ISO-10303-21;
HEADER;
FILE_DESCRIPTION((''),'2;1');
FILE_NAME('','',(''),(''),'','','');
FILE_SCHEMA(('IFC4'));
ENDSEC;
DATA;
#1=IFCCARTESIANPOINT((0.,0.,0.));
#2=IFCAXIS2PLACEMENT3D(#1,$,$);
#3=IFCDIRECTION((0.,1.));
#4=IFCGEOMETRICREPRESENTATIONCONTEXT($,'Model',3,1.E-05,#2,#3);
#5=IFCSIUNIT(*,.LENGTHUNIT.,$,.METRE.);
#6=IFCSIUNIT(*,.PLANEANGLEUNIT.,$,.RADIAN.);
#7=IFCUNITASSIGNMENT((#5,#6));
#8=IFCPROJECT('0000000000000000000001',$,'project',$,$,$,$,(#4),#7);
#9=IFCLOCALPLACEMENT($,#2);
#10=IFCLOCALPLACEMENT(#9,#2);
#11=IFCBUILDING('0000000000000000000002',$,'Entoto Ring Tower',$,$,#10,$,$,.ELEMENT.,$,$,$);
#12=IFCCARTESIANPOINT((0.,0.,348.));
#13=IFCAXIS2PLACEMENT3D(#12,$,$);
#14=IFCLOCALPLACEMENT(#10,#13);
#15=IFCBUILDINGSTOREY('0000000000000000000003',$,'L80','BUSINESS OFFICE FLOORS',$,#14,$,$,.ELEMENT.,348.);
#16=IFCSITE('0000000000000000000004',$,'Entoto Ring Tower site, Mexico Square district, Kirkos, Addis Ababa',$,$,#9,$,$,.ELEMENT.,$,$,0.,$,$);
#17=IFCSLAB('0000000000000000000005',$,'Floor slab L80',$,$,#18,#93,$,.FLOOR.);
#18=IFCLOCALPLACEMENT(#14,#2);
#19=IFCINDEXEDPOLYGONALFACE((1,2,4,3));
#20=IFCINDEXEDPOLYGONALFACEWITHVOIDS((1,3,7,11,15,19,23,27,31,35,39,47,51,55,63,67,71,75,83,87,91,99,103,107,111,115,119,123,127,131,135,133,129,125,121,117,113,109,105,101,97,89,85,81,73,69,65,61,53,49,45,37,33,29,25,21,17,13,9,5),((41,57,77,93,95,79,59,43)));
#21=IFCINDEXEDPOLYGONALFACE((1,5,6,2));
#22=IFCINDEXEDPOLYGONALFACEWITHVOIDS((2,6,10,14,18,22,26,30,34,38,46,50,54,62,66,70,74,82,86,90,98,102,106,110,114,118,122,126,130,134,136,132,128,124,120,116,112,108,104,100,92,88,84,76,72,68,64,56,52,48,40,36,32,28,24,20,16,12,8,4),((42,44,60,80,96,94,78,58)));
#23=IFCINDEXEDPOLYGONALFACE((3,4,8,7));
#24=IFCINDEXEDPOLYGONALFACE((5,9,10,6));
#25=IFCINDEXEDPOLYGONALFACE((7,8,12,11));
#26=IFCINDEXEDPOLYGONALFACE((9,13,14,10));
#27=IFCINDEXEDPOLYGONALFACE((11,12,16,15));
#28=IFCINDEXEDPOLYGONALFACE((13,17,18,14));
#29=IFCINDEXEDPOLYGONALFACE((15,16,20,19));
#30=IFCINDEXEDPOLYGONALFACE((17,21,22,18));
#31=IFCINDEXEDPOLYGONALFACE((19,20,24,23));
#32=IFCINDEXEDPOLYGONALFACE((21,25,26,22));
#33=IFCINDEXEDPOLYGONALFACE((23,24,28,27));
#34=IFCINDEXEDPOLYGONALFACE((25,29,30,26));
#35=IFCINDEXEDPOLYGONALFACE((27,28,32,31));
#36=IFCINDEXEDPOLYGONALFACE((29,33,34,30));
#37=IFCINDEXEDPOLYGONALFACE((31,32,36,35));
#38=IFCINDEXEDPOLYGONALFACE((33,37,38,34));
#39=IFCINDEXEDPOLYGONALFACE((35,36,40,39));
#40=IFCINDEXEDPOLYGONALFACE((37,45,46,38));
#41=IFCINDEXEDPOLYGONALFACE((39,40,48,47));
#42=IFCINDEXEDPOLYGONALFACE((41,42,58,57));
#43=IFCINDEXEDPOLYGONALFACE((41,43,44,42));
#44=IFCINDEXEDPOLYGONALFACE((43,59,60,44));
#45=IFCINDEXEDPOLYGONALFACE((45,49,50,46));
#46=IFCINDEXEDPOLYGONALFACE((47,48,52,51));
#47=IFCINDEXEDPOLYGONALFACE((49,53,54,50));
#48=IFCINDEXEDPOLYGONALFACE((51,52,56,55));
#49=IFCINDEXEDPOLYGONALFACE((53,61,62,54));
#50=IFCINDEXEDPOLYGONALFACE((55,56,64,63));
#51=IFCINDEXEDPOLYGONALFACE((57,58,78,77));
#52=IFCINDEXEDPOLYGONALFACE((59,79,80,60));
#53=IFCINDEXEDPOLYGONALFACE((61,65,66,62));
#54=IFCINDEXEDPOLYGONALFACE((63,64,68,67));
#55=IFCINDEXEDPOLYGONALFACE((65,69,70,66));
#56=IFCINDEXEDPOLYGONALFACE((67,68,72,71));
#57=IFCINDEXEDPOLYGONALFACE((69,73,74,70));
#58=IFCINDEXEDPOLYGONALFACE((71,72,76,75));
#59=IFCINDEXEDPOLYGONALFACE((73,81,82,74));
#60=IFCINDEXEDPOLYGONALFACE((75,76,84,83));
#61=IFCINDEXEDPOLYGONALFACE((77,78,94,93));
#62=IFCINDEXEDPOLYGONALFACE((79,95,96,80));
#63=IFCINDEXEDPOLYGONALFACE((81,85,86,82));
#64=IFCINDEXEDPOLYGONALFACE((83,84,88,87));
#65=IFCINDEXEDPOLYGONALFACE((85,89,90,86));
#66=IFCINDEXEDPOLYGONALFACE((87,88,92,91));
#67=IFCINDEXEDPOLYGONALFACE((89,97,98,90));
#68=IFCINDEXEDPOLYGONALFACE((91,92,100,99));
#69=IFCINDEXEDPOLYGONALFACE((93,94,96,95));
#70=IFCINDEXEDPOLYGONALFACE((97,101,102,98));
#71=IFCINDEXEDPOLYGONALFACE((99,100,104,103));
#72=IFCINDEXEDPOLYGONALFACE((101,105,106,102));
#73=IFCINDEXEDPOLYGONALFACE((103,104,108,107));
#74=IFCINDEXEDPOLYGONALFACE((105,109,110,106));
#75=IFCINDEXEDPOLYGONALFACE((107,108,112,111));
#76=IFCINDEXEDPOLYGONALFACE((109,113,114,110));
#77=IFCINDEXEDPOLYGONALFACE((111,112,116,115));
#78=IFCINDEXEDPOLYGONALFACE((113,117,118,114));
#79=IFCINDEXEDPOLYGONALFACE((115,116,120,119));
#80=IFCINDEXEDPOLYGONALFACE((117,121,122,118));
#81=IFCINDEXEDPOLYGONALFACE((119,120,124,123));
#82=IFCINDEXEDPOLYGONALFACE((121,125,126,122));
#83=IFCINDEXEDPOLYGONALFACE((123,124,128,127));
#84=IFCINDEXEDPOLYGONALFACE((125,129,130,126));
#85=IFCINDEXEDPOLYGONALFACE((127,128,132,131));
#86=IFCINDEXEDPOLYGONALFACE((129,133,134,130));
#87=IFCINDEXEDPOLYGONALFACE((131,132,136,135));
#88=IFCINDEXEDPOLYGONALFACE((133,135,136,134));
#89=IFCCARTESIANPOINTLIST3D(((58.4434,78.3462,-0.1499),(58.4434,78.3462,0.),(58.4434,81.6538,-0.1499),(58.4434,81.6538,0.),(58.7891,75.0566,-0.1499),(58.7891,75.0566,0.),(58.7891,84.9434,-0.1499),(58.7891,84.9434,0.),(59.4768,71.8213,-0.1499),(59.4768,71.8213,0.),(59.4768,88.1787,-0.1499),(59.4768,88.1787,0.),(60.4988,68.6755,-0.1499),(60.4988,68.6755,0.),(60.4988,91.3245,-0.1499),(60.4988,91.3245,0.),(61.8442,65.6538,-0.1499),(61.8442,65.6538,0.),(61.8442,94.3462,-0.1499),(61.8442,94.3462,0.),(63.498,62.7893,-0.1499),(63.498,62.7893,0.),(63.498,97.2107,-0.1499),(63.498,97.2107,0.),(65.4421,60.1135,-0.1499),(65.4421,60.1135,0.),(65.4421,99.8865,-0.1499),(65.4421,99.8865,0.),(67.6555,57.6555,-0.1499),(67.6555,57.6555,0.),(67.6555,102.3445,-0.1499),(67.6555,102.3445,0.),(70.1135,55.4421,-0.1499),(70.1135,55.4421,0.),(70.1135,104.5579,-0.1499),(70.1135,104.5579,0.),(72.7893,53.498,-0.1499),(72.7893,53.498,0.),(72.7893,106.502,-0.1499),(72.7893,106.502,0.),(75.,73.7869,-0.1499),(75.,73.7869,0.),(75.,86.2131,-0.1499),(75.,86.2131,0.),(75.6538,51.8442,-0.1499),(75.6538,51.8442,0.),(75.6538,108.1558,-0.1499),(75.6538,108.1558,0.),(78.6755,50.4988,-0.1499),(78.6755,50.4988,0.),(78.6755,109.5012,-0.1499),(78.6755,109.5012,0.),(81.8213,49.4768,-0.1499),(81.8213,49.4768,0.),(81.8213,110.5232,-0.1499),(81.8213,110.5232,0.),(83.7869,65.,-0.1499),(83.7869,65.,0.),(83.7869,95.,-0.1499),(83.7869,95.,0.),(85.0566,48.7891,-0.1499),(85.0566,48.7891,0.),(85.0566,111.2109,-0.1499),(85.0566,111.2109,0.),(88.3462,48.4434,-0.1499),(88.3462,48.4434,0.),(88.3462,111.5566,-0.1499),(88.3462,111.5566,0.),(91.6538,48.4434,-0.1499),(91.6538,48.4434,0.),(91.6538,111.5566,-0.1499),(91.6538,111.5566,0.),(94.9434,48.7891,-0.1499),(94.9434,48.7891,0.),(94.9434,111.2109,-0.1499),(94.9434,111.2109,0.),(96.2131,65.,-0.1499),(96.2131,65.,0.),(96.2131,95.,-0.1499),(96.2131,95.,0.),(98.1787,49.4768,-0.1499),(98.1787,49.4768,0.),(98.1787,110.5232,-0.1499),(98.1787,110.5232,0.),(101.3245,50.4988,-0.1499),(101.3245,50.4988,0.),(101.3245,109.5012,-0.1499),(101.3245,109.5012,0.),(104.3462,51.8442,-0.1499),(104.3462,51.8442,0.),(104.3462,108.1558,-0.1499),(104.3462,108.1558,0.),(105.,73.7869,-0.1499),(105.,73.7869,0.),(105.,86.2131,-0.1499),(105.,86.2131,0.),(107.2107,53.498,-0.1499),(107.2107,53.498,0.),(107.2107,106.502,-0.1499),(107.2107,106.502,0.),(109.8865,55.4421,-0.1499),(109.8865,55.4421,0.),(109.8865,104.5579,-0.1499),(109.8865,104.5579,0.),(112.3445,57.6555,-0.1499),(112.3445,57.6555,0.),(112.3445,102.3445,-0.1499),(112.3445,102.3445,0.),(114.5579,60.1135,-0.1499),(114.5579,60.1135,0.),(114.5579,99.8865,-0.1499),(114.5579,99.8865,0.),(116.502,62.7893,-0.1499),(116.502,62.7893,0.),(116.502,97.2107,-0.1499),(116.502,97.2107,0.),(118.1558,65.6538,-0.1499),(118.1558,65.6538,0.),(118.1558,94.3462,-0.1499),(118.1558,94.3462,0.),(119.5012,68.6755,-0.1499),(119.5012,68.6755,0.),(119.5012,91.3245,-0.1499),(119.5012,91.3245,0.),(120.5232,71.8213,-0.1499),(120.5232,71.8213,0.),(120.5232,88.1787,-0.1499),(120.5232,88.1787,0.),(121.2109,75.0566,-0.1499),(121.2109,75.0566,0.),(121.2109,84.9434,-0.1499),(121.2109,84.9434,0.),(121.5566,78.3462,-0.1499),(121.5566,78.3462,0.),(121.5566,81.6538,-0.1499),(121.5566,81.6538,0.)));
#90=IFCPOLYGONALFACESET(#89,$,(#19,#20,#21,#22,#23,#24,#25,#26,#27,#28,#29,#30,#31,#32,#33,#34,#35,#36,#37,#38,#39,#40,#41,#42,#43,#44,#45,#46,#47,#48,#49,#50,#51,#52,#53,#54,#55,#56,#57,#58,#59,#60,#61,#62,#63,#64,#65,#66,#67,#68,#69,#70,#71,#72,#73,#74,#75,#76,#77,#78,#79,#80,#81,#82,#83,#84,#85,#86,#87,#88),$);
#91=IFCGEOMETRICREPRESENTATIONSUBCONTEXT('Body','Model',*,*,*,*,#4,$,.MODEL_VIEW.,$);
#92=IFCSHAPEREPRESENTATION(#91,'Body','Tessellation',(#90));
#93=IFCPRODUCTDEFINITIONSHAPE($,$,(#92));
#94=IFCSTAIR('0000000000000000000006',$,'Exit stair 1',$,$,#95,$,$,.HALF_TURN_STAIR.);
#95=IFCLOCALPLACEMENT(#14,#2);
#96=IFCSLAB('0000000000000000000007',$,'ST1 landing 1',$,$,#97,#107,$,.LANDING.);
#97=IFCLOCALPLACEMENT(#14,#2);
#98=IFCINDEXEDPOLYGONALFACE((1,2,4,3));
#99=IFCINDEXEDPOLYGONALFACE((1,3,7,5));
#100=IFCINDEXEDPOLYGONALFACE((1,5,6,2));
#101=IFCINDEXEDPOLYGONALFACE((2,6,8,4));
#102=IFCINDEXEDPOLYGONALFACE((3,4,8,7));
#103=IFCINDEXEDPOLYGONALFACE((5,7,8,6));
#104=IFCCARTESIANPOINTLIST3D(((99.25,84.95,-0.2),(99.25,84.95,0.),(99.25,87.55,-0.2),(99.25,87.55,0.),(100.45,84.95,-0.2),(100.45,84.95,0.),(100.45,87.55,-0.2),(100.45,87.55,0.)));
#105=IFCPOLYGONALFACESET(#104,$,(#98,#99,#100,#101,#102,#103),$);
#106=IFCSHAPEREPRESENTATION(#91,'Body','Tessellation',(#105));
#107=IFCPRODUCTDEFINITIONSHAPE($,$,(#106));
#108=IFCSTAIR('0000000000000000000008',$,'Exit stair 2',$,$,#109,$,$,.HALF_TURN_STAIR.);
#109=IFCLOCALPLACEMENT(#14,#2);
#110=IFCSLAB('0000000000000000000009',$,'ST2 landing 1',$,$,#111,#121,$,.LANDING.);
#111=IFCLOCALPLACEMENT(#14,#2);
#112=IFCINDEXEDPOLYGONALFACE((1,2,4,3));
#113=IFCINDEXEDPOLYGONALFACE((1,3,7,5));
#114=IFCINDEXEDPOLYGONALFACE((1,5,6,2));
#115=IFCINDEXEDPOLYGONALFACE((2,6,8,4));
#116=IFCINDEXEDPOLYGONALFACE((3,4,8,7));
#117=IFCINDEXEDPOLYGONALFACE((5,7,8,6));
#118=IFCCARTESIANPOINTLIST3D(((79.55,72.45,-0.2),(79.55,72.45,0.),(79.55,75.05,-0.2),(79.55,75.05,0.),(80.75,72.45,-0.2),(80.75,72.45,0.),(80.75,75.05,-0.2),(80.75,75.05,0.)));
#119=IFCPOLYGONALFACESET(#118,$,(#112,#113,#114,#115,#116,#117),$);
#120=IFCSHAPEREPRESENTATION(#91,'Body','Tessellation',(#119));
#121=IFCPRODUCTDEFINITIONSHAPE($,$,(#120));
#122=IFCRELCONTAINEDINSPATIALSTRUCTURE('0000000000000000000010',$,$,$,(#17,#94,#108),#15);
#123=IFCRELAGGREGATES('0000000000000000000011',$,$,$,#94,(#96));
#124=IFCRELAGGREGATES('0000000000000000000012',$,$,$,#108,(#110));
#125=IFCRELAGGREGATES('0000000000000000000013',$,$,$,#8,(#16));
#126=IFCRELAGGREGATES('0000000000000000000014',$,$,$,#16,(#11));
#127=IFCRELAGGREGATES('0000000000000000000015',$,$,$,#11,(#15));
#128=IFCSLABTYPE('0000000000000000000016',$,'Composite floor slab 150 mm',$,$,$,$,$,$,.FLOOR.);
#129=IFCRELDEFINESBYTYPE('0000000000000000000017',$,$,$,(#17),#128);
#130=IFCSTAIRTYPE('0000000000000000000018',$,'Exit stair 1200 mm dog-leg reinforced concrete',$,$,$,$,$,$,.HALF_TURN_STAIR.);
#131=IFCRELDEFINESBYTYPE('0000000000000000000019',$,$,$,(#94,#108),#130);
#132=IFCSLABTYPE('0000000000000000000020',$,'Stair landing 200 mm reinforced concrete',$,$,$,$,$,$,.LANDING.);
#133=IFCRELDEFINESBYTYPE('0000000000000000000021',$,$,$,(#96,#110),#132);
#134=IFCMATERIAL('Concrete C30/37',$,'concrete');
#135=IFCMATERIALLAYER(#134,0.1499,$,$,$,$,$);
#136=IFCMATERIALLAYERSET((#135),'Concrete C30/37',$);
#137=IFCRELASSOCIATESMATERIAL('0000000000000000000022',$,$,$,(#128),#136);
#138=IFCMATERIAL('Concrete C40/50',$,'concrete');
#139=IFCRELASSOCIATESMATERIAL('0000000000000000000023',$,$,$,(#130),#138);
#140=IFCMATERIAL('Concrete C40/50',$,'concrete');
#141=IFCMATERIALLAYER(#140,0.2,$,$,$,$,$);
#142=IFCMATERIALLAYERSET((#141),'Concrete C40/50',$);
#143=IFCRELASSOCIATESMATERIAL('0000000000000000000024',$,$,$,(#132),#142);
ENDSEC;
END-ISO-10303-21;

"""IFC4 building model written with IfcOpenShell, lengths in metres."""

from ifc_helpers import new_model, si_unit, direction, frame, origin, place, context, subcontext, project, spatial, polyline, outline, extrude, material, layer, layer_set, type_object, element, aggregate, save


model = new_model("IFC4")

# Units and contexts
model_context = context("Model", 3, precision=1e-05, world=origin(), true_north=direction((0.0, 1.0)))
body_context = subcontext(model_context, "Body", "Model", "MODEL_VIEW")
ifc_project = project(units=[si_unit("LENGTHUNIT", "METRE"), si_unit("PLANEANGLEUNIT", "RADIAN")], contexts=[model_context])

# Site, building, storey
site_placement = place(None, origin())
building_placement = place(site_placement, origin())
storey_placement = place(building_placement, frame((0.0, 0.0, 348.0)))
site = spatial("IfcSite", under=ifc_project, at=site_placement, Name="Entoto Ring Tower site, Mexico Square district, Kirkos, Addis Ababa", CompositionType="ELEMENT", RefElevation=0.0)
building = spatial("IfcBuilding", under=site, at=building_placement, Name="Entoto Ring Tower", CompositionType="ELEMENT")
storey = spatial("IfcBuildingStorey", under=building, at=storey_placement, Name="L80", Description="BUSINESS OFFICE FLOORS", CompositionType="ELEMENT", Elevation=348.0)

# Slab
ifc_material_1 = material(Name="Concrete C30/37", Category="concrete")
ifc_layer_1 = layer(ifc_material_1, 0.1499)
ifc_layer_set_1 = layer_set([ifc_layer_1], Name="Concrete C30/37")
slab_type_1 = type_object("IfcSlabType", Name="Composite floor slab 150 mm", PredefinedType="FLOOR", material=ifc_layer_set_1)
slab_1_placement = place(storey_placement, frame((0.0, 0.0, -0.1499)))
element("IfcSlab", 1, at=slab_1_placement, inside=storey, type_object=slab_type_1, Name="Floor slab L80", PredefinedType="FLOOR", context=body_context, shape_type="SweptSolid", body=[
    extrude(outline(polyline([(121.2109, 84.9434), (120.5232, 88.1787), (119.5012, 91.3245), (118.1558, 94.3462), (116.502, 97.2107), (114.5579, 99.8865), (112.3445, 102.3445), (109.8865, 104.5579), (107.2107, 106.502), (104.3462, 108.1558), (101.3245, 109.5012), (98.1787, 110.5232), (94.9434, 111.2109), (91.6538, 111.5566), (88.3462, 111.5566), (85.0566, 111.2109), (81.8213, 110.5232), (78.6755, 109.5012), (75.6538, 108.1558), (72.7893, 106.502), (70.1135, 104.5579), (67.6555, 102.3445), (65.4421, 99.8865), (63.498, 97.2107), (61.8442, 94.3462), (60.4988, 91.3245), (59.4768, 88.1787), (58.7891, 84.9434), (58.4434, 81.6538), (58.4434, 78.3462), (58.7891, 75.0566), (59.4768, 71.8213), (60.4988, 68.6755), (61.8442, 65.6538), (63.498, 62.7893), (65.4421, 60.1135), (67.6555, 57.6555), (70.1135, 55.4421), (72.7893, 53.498), (75.6538, 51.8442), (78.6755, 50.4988), (81.8213, 49.4768), (85.0566, 48.7891), (88.3462, 48.4434), (91.6538, 48.4434), (94.9434, 48.7891), (98.1787, 49.4768), (101.3245, 50.4988), (104.3462, 51.8442), (107.2107, 53.498), (109.8865, 55.4421), (112.3445, 57.6555), (114.5579, 60.1135), (116.502, 62.7893), (118.1558, 65.6538), (119.5012, 68.6755), (120.5232, 71.8213), (121.2109, 75.0566), (121.5566, 78.3462), (121.5566, 81.6538), (121.2109, 84.9434)]), holes=[polyline([(105.0, 73.7869), (105.0, 86.2131), (96.2131, 95.0), (83.7869, 95.0), (75.0, 86.2131), (75.0, 73.7869), (83.7869, 65.0), (96.2131, 65.0), (105.0, 73.7869)])]), origin(), (0.0, 0.0, 1.0), 0.1499),
])

# Stairs, slabs
ifc_material_2 = material(Name="Concrete C40/50", Category="concrete")
stair_type = type_object("IfcStairType", Name="Exit stair 1200 mm dog-leg reinforced concrete", PredefinedType="HALF_TURN_STAIR", material=ifc_material_2)
stair_1_placement = place(storey_placement, origin())
stair_1 = element("IfcStair", 2, at=stair_1_placement, inside=storey, type_object=stair_type, Name="Exit stair 1", PredefinedType="HALF_TURN_STAIR")
ifc_material_3 = material(Name="Concrete C40/50", Category="concrete")
ifc_layer_2 = layer(ifc_material_3, 0.2)
ifc_layer_set_2 = layer_set([ifc_layer_2], Name="Concrete C40/50")
slab_type_2 = type_object("IfcSlabType", Name="Stair landing 200 mm reinforced concrete", PredefinedType="LANDING", material=ifc_layer_set_2)
slab_2_placement = place(storey_placement, frame((0.0, 0.0, -0.2)))
slab_2 = element("IfcSlab", 3, at=slab_2_placement, type_object=slab_type_2, Name="ST1 landing 1", PredefinedType="LANDING", context=body_context, shape_type="SweptSolid", body=[
    extrude(outline(polyline([(100.45, 84.95), (100.45, 87.55), (99.25, 87.55), (99.25, 84.95), (100.45, 84.95)])), origin(), (0.0, 0.0, 1.0), 0.2),
])
aggregate(stair_1, [slab_2])
stair_2_placement = place(storey_placement, origin())
stair_2 = element("IfcStair", 4, at=stair_2_placement, inside=storey, type_object=stair_type, Name="Exit stair 2", PredefinedType="HALF_TURN_STAIR")
slab_3_placement = place(storey_placement, frame((0.0, 0.0, -0.2)))
slab_3 = element("IfcSlab", 5, at=slab_3_placement, type_object=slab_type_2, Name="ST2 landing 1", PredefinedType="LANDING", context=body_context, shape_type="SweptSolid", body=[
    extrude(outline(polyline([(80.75, 72.45), (80.75, 75.05), (79.55, 75.05), (79.55, 72.45), (80.75, 72.45)])), origin(), (0.0, 0.0, 1.0), 0.2),
])
aggregate(stair_2, [slab_3])

save(model, "model.ifc")
